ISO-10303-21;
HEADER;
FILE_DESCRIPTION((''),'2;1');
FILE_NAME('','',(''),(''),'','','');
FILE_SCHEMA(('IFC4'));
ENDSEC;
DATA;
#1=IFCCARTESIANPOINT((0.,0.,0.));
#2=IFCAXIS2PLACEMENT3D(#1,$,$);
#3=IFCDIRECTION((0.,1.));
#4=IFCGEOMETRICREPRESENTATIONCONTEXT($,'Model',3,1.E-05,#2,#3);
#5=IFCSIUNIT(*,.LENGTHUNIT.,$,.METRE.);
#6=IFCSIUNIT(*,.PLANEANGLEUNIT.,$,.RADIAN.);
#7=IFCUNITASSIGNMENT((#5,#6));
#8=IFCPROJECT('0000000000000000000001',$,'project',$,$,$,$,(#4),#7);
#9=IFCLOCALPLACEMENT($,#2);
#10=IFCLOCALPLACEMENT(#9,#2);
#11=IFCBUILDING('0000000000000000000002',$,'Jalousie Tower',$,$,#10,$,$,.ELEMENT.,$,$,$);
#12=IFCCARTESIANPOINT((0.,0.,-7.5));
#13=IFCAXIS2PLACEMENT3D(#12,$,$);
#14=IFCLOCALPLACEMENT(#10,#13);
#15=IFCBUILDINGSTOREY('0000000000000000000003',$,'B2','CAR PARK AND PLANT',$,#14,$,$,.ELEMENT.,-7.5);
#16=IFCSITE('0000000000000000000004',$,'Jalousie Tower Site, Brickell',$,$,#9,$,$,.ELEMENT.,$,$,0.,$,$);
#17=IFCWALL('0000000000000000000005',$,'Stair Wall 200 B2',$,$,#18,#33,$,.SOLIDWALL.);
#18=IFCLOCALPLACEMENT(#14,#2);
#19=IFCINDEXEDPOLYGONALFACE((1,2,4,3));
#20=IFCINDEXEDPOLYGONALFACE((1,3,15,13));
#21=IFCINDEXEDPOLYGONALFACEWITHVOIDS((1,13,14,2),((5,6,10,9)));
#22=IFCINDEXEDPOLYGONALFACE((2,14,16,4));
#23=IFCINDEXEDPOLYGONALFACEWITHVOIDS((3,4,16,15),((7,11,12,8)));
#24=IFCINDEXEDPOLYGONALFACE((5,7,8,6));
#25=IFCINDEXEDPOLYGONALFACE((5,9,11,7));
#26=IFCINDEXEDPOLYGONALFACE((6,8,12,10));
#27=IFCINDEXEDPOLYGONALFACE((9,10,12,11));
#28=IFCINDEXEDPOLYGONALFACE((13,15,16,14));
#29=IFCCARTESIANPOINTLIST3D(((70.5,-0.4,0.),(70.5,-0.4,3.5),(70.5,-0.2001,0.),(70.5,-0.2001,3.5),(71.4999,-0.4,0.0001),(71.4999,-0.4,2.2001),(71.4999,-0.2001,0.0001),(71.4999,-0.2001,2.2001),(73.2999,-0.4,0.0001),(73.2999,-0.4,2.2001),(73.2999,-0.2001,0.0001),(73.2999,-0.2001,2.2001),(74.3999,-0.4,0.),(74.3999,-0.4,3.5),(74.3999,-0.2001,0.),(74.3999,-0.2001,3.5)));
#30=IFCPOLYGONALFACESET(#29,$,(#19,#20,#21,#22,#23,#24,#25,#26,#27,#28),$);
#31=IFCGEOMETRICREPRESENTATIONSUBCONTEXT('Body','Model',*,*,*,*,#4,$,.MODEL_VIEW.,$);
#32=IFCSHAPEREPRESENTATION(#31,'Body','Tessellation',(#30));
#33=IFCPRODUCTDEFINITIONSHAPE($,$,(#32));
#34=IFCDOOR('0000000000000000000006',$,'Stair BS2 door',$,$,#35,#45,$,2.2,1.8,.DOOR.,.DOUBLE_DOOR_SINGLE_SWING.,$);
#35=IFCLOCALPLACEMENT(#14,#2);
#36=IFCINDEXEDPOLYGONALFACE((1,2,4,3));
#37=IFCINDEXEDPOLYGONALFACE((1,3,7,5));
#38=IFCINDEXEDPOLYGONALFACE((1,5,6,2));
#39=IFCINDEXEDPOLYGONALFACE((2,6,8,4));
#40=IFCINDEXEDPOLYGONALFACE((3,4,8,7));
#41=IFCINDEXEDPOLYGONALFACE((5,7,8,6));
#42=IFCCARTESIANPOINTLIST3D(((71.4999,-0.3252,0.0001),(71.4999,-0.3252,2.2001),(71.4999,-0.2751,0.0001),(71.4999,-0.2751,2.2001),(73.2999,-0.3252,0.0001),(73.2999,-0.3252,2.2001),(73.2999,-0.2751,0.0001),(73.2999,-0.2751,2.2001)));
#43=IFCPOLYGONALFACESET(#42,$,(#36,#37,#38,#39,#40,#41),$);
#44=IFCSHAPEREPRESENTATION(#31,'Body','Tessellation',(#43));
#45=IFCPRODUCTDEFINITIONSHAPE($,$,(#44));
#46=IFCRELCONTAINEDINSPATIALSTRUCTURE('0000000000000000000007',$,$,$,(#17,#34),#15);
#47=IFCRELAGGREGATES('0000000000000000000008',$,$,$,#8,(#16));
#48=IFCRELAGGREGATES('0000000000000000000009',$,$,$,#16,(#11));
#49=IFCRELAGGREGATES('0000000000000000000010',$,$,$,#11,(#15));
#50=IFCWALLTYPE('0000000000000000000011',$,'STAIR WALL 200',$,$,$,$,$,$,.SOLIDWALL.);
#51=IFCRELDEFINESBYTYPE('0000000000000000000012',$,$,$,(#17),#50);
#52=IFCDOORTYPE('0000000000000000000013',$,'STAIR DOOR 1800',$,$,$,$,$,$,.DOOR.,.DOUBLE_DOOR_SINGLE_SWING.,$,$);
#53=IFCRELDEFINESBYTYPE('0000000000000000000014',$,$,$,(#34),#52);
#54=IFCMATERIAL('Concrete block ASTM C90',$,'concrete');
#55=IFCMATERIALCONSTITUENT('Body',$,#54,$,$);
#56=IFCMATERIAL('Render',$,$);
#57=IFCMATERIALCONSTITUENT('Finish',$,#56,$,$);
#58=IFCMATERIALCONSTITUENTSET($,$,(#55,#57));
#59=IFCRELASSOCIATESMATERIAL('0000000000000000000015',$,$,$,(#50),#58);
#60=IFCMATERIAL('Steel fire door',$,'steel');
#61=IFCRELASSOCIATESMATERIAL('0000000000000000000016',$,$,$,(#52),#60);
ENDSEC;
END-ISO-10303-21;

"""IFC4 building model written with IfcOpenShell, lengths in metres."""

from ifc_helpers import new_model, si_unit, direction, frame, frame_2d, origin, place, context, subcontext, project, spatial, rectangle, extrude, material, constituent, constituent_set, type_object, element, fill, save


model = new_model("IFC4")

# Units and contexts
model_context = context("Model", 3, precision=1e-05, world=origin(), true_north=direction((0.0, 1.0)))
body_context = subcontext(model_context, "Body", "Model", "MODEL_VIEW")
ifc_project = project(units=[si_unit("LENGTHUNIT", "METRE"), si_unit("PLANEANGLEUNIT", "RADIAN")], contexts=[model_context])

# Site, building, storey
site_placement = place(None, origin())
site = spatial("IfcSite", under=ifc_project, at=site_placement, Name="Jalousie Tower Site, Brickell", CompositionType="ELEMENT", RefElevation=0.0)
building_placement = place(site_placement, origin())
building = spatial("IfcBuilding", under=site, at=building_placement, Name="Jalousie Tower", CompositionType="ELEMENT")
storey_placement = place(building_placement, frame((0.0, 0.0, -7.5)))
storey = spatial("IfcBuildingStorey", under=building, at=storey_placement, Name="B2", Description="CAR PARK AND PLANT", CompositionType="ELEMENT", Elevation=-7.5)

# Shared definitions
ifc_material_1 = material(Name="Concrete block ASTM C90", Category="concrete")
ifc_constituent_1 = constituent(ifc_material_1, Name="Body")
ifc_material_2 = material(Name="Render")
ifc_constituent_2 = constituent(ifc_material_2, Name="Finish")
ifc_constituent_set = constituent_set(constituents=[ifc_constituent_1, ifc_constituent_2])
wall_type_1 = type_object("IfcWallType", Name="STAIR WALL 200", PredefinedType="SOLIDWALL", material=ifc_constituent_set)

# Wall, opening, door
wall_1_placement = place(storey_placement, frame((70.5, -0.3, 0.0), z_axis=(0.0, 0.0, 1.0), x_axis=(1.0, 0.0, 0.0)))
wall_1 = element("IfcWall", 1, at=wall_1_placement, inside=storey, type_object=wall_type_1, Name="Stair Wall 200 B2", PredefinedType="SOLIDWALL", context=body_context, shape_type="SweptSolid", body=[
    extrude(rectangle(XDim=3.8999, YDim=0.2, at=frame_2d((1.95, 0.0))), origin(), (0.0, 0.0, 1.0), 3.5),
])
opening_placement = place(wall_1_placement, frame((1.0, 0.0, 0.0)))
opening = element("IfcOpeningElement", 2, at=opening_placement, cuts=wall_1, PredefinedType="OPENING", context=body_context, shape_type="SweptSolid", body=[
    extrude(rectangle(XDim=1.8, YDim=2.2, at=frame_2d((0.8999, 1.1001))), frame((0.0, 0.1099, 0.0), z_axis=(0.0, -1.0, 0.0), x_axis=(1.0, 0.0, 0.0)), (0.0, 0.0, 1.0), 0.22),
])
ifc_material_3 = material(Name="Steel fire door", Category="steel")
door_type = type_object("IfcDoorType", Name="STAIR DOOR 1800", OperationType="DOUBLE_DOOR_SINGLE_SWING", PredefinedType="DOOR", material=ifc_material_3)
door_placement = place(opening_placement, origin())
door = element("IfcDoor", 3, at=door_placement, inside=storey, type_object=door_type, Name="Stair BS2 door", OperationType="DOUBLE_DOOR_SINGLE_SWING", OverallHeight=2.2, OverallWidth=1.8, PredefinedType="DOOR", context=body_context, shape_type="SweptSolid", body=[
    extrude(rectangle(XDim=1.8, YDim=2.2, at=frame_2d((0.8999, 1.1001))), frame((0.0, 0.0249, 0.0), z_axis=(0.0, -1.0, 0.0), x_axis=(1.0, 0.0, 0.0)), (0.0, 0.0, 1.0), 0.05),
])
fill(opening, door)

save(model, "model.ifc")
